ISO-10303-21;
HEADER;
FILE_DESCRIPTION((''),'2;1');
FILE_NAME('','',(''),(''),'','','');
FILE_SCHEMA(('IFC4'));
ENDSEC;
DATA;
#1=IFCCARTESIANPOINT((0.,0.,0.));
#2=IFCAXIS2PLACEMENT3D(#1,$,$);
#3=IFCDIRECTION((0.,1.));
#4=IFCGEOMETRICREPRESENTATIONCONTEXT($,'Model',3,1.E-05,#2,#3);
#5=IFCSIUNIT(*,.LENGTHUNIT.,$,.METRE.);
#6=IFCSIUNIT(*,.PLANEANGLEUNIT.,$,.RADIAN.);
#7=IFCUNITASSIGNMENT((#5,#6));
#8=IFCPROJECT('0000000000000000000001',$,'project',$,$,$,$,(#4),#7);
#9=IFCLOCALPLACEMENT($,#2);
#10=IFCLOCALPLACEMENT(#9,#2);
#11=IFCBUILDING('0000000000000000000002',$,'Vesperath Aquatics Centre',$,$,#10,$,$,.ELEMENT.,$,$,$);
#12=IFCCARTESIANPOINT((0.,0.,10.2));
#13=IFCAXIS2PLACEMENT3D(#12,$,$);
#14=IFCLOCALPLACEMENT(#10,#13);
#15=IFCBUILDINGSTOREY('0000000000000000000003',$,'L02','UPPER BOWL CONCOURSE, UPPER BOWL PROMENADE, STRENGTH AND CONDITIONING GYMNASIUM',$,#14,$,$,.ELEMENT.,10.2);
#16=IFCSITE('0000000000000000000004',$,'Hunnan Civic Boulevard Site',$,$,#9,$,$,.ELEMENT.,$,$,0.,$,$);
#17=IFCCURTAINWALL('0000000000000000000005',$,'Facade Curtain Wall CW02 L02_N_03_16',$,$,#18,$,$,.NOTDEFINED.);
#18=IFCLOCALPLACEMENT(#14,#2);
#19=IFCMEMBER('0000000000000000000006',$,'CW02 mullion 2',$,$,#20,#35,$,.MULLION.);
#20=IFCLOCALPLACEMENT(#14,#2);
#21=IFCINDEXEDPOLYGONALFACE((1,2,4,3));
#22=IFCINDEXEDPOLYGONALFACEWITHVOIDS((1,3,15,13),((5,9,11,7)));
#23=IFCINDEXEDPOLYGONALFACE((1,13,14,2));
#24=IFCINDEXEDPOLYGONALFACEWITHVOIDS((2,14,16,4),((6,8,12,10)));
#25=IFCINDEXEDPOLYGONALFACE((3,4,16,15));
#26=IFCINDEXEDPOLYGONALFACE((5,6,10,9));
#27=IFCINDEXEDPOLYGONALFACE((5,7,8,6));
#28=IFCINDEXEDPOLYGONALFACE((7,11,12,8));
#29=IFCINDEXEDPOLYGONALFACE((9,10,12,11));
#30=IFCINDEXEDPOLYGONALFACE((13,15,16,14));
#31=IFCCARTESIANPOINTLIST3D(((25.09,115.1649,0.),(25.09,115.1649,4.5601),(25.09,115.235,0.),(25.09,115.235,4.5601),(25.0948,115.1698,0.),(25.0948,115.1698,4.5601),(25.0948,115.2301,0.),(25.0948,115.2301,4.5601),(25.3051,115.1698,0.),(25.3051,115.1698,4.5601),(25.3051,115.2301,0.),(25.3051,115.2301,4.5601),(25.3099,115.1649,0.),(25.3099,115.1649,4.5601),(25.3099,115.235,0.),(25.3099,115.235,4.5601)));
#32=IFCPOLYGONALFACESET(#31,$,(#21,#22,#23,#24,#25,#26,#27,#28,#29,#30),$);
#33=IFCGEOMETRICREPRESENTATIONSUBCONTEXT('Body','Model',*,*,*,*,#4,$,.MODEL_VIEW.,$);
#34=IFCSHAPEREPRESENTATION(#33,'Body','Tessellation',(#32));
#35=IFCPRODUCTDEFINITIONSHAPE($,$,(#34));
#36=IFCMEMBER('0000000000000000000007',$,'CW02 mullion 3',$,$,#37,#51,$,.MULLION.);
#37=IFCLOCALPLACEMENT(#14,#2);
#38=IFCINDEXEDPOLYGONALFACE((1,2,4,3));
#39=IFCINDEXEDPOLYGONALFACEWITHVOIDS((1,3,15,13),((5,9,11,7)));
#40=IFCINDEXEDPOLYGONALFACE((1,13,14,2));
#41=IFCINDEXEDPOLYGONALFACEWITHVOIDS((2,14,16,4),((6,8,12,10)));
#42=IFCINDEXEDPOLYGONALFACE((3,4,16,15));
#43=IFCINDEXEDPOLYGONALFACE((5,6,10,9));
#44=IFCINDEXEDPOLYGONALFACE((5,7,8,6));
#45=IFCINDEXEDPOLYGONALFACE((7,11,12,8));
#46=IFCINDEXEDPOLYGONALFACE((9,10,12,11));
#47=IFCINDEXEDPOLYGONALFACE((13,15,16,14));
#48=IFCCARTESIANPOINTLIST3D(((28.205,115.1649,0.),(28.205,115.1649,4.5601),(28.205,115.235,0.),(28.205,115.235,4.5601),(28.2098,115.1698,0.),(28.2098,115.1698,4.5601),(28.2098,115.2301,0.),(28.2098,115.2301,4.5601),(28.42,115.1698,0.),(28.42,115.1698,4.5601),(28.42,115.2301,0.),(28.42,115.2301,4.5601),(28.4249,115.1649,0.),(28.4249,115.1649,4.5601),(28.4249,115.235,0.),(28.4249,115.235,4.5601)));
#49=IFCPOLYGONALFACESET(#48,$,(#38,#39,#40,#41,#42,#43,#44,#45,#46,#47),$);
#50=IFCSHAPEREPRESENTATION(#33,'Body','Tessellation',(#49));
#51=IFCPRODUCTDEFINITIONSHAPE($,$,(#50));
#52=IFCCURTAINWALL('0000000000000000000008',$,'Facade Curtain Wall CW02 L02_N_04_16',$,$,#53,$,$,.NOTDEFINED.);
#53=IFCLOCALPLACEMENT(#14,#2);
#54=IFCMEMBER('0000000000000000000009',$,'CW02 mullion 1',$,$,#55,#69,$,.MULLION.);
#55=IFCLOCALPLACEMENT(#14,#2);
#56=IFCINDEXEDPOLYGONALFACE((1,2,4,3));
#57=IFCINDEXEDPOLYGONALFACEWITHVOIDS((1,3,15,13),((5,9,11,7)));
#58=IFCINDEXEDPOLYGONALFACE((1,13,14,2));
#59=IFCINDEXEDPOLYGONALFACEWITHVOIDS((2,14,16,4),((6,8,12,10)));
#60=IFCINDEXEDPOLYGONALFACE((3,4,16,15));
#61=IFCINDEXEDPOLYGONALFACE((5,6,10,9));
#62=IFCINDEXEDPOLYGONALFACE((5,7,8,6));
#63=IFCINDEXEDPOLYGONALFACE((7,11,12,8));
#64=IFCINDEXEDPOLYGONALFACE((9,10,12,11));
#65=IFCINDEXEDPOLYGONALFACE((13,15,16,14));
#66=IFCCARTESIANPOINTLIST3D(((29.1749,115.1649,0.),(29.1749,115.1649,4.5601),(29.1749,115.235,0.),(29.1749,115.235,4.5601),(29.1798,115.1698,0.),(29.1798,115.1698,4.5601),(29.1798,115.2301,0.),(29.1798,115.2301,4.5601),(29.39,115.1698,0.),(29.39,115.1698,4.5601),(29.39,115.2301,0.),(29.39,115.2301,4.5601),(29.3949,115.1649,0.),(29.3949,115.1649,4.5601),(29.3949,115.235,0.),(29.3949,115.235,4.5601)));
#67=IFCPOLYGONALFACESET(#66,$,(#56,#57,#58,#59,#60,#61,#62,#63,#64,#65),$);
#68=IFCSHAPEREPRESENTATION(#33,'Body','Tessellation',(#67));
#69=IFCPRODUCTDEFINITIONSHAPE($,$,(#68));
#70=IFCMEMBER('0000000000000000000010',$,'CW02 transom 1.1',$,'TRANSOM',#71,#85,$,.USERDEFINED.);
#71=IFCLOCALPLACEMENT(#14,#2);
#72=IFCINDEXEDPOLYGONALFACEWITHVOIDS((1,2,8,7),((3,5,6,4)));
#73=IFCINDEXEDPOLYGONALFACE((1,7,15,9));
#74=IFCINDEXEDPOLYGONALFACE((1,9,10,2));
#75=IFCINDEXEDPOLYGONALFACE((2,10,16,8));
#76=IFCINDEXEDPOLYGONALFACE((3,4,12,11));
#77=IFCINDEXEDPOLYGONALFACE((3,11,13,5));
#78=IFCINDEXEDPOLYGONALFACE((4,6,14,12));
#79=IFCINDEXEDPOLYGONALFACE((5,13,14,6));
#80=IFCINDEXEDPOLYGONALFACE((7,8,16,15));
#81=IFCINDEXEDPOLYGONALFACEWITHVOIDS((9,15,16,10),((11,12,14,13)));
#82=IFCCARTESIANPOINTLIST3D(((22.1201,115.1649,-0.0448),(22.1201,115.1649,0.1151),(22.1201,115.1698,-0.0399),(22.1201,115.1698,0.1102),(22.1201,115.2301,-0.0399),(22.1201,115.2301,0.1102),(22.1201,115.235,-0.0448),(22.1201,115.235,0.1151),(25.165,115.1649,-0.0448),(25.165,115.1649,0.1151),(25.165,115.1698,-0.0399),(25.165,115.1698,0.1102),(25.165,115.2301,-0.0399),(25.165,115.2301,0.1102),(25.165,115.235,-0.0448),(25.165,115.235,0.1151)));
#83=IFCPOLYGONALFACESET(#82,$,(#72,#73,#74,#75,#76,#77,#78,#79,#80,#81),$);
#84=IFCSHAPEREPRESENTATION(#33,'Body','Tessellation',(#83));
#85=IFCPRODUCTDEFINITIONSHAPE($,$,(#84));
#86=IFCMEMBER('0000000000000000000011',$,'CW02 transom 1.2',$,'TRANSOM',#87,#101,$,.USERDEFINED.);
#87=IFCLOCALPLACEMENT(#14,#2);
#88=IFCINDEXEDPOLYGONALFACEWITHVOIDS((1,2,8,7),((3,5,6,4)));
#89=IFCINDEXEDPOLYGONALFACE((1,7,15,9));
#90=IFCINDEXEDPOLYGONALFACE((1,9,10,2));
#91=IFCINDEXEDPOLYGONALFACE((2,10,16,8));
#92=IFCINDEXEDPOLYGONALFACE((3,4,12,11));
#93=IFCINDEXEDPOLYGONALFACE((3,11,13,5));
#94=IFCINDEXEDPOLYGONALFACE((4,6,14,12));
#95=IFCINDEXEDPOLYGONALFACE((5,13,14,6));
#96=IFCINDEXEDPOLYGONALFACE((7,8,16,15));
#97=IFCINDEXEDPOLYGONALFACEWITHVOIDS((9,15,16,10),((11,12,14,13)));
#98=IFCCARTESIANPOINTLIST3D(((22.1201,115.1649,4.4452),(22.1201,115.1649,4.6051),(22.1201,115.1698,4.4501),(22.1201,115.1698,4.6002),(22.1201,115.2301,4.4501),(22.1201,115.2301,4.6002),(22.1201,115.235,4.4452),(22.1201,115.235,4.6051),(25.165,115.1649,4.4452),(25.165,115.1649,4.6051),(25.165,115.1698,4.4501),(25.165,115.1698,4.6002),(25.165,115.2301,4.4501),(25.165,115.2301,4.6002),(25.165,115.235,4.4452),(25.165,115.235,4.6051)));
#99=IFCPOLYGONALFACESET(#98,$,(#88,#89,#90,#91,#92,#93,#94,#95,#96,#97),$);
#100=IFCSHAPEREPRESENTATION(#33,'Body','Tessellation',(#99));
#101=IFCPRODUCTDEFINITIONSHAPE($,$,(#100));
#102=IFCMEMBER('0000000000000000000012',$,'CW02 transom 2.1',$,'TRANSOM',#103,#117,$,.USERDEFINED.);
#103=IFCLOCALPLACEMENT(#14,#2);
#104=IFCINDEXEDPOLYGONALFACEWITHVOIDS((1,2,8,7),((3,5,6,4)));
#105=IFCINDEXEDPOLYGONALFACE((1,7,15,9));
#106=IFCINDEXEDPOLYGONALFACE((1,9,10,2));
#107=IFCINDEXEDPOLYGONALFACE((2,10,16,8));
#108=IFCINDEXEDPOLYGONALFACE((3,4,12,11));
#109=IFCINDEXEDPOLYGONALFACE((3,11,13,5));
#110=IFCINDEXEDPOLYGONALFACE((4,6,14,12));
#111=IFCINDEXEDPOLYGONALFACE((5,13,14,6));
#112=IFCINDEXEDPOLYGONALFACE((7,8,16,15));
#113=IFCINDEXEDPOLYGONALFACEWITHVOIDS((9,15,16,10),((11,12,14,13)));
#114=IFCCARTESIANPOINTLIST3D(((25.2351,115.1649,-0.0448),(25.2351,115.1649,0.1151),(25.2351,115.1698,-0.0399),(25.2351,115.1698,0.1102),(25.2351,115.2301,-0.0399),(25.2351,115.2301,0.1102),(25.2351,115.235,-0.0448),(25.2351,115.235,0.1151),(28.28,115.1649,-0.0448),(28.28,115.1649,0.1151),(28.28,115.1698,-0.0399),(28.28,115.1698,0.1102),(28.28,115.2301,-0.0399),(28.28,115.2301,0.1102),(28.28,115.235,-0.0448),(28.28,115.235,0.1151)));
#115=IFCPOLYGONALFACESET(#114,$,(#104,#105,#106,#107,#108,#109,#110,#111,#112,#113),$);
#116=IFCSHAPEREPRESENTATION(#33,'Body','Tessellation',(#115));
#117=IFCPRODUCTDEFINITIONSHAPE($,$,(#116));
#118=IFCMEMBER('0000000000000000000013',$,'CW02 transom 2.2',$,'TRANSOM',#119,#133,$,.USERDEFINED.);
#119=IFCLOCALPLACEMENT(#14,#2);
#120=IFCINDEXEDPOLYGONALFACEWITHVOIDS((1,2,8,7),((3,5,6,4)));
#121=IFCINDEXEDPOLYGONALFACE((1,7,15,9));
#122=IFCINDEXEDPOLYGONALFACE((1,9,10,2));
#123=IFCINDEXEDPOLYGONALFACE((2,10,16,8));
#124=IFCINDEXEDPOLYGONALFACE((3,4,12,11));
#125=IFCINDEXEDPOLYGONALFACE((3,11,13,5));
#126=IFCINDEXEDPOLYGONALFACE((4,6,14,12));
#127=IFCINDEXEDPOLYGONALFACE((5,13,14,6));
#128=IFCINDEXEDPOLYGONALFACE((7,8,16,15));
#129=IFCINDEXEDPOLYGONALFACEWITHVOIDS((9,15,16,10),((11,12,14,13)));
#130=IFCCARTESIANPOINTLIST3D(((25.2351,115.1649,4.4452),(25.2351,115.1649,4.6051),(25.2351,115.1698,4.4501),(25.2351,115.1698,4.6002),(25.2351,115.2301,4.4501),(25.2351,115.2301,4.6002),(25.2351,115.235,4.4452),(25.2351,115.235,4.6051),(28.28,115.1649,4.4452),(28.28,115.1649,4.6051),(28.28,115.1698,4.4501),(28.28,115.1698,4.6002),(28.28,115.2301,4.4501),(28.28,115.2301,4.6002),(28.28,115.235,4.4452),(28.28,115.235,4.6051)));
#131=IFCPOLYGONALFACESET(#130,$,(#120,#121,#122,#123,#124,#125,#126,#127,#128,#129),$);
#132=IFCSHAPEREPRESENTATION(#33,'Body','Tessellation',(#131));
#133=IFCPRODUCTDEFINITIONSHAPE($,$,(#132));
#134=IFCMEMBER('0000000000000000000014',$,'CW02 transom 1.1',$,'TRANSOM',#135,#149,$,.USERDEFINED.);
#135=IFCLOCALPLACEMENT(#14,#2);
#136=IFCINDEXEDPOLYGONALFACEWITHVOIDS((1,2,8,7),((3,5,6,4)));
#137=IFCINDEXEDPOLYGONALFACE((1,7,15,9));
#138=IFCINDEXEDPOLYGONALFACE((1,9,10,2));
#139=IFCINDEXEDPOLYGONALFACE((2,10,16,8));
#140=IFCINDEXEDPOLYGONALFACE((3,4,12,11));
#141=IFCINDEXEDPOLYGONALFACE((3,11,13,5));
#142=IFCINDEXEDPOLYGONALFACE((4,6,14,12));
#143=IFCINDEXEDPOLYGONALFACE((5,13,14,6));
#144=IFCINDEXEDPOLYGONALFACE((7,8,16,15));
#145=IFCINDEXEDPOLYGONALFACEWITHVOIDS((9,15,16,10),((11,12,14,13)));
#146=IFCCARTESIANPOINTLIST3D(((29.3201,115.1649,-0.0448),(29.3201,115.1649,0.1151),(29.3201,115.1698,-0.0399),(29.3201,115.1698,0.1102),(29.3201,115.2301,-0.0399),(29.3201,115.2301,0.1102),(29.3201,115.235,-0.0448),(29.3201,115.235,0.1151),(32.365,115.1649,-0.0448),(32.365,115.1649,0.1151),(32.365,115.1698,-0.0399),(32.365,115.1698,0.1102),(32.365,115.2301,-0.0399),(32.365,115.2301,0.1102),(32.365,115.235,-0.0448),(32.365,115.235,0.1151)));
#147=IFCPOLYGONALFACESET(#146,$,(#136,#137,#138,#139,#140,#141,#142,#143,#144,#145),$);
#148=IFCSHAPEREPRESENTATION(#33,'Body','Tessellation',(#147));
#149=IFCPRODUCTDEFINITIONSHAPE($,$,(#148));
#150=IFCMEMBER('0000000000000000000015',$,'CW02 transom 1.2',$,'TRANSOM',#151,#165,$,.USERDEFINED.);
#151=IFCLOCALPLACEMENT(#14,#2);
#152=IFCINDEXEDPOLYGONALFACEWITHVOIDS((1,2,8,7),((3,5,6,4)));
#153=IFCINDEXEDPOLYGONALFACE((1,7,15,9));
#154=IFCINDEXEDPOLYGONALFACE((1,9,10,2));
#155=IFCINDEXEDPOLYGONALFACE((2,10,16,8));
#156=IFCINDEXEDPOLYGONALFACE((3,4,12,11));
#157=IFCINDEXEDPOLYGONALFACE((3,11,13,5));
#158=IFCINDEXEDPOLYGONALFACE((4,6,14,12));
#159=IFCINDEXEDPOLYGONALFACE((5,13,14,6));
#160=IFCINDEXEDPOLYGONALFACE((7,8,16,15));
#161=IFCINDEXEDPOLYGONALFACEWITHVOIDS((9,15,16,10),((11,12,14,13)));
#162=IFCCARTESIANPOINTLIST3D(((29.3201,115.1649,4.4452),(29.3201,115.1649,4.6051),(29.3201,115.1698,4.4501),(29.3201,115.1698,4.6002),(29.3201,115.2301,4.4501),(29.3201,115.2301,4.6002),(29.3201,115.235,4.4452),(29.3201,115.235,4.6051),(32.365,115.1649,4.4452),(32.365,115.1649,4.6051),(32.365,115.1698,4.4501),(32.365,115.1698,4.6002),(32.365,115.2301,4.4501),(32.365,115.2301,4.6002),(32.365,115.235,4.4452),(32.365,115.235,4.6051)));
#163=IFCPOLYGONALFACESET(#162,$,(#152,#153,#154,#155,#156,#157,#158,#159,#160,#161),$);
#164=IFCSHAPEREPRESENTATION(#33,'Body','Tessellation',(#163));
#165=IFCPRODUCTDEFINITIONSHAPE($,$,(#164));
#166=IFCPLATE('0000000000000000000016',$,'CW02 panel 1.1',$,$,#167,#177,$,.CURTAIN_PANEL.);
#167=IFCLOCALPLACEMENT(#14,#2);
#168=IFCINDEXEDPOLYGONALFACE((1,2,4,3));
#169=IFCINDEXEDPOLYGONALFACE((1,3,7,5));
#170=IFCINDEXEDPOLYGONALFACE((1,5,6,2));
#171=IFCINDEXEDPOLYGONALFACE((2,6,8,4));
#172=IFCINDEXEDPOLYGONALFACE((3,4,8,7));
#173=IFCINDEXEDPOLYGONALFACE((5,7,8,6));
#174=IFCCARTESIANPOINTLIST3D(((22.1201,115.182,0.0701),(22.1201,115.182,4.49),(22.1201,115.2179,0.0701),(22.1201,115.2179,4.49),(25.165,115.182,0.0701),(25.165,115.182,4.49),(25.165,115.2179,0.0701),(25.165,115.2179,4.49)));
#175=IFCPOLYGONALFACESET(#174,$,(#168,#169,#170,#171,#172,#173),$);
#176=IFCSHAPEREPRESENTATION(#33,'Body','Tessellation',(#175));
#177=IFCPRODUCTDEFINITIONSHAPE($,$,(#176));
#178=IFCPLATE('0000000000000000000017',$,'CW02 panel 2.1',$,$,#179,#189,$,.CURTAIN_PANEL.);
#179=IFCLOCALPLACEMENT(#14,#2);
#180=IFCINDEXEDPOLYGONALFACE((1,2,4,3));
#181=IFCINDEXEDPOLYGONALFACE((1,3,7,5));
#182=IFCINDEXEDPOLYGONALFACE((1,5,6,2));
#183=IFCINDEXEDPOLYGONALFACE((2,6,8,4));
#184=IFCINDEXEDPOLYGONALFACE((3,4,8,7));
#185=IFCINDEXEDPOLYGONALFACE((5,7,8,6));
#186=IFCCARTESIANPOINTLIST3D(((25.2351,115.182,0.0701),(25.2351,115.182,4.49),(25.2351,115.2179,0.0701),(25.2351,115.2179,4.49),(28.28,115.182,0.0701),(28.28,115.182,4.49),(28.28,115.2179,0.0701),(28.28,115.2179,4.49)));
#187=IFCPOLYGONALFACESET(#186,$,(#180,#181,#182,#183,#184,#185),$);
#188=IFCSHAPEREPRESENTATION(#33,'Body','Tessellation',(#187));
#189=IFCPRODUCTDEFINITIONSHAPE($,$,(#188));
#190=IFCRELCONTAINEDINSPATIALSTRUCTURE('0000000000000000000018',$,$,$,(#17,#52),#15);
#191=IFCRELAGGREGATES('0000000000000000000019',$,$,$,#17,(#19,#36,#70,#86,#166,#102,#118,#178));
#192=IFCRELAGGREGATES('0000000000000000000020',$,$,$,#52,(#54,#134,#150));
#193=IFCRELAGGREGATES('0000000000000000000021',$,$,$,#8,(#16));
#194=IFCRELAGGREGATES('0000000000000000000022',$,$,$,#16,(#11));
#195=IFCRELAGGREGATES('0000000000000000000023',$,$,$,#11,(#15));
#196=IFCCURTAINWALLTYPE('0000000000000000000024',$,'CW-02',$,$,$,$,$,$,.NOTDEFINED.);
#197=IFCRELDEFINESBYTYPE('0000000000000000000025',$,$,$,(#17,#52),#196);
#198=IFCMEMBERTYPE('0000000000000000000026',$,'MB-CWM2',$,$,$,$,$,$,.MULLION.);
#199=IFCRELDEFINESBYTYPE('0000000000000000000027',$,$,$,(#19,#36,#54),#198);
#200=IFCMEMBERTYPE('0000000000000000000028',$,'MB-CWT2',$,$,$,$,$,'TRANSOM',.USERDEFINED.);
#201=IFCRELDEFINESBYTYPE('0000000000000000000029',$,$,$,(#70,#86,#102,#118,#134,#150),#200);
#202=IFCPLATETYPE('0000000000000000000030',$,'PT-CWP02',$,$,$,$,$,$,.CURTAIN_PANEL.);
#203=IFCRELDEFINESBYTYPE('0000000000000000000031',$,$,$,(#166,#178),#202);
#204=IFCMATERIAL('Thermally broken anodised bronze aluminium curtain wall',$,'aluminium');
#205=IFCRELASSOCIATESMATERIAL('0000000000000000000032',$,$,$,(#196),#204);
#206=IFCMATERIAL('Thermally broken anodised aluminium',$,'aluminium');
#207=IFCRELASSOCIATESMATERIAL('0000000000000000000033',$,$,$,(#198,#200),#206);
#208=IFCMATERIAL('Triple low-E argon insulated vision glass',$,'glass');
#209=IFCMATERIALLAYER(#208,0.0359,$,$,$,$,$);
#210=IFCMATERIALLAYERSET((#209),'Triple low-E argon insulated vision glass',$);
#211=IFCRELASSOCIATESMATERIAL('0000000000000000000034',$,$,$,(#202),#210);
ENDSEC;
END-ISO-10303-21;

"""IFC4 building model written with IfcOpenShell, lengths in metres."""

from ifc_helpers import new_model, si_unit, direction, frame, origin, origin_2d, place, context, subcontext, project, spatial, rectangle, hollow_rectangle, extrude, material, layer, layer_set, material_profile, profile_set, type_object, element, aggregate, save


model = new_model("IFC4")

# Units and contexts
model_context = context("Model", 3, precision=1e-05, world=origin(), true_north=direction((0.0, 1.0)))
body_context = subcontext(model_context, "Body", "Model", "MODEL_VIEW")
ifc_project = project(units=[si_unit("LENGTHUNIT", "METRE"), si_unit("PLANEANGLEUNIT", "RADIAN")], contexts=[model_context])

# Site, building, storey
site_placement = place(None, origin())
site = spatial("IfcSite", under=ifc_project, at=site_placement, Name="Hunnan Civic Boulevard Site", CompositionType="ELEMENT", RefElevation=0.0)
building_placement = place(site_placement, origin())
building = spatial("IfcBuilding", under=site, at=building_placement, Name="Vesperath Aquatics Centre", CompositionType="ELEMENT")
storey_placement = place(building_placement, frame((0.0, 0.0, 10.2)))
storey = spatial("IfcBuildingStorey", under=building, at=storey_placement, Name="L02", Description="UPPER BOWL CONCOURSE, UPPER BOWL PROMENADE, STRENGTH AND CONDITIONING GYMNASIUM", CompositionType="ELEMENT", Elevation=10.2)

# Curtain wall, members
ifc_material_1 = material(Name="Thermally broken anodised bronze aluminium curtain wall", Category="aluminium")
curtain_wall_type = type_object("IfcCurtainWallType", Name="CW-02", PredefinedType="NOTDEFINED", material=ifc_material_1)
curtain_wall_1_placement = place(storey_placement, origin())
curtain_wall_1 = element("IfcCurtainWall", 1, at=curtain_wall_1_placement, inside=storey, type_object=curtain_wall_type, Name="Facade Curtain Wall CW02 L02_N_03_16", PredefinedType="NOTDEFINED")
ifc_material_2 = material(Name="Thermally broken anodised aluminium", Category="aluminium")
ifc_material_profile_1 = material_profile(ifc_material_2, hollow_rectangle(XDim=0.0701, YDim=0.22, WallThickness=0.0049, at=origin_2d()), Name="CWM 70x220x5")
ifc_profile_set_1 = profile_set([ifc_material_profile_1], Name="Thermally broken anodised aluminium")
member_type_1 = type_object("IfcMemberType", Name="MB-CWM2", PredefinedType="MULLION", material=ifc_profile_set_1)
member_1_placement = place(storey_placement, frame((25.2, 115.2, 0.0), z_axis=(0.0, 0.0, 1.0), x_axis=(0.0, 1.0, 0.0)))
member_1 = element("IfcMember", 2, at=member_1_placement, type_object=member_type_1, Name="CW02 mullion 2", PredefinedType="MULLION", context=body_context, shape_type="SweptSolid", body=[
    extrude(hollow_rectangle(XDim=0.0701, YDim=0.22, WallThickness=0.0049, at=origin_2d()), origin(), (0.0, 0.0, 1.0), 4.5601),
])
member_2_placement = place(storey_placement, frame((28.3149, 115.2, 0.0), z_axis=(0.0, 0.0, 1.0), x_axis=(0.0, 1.0, 0.0)))
member_2 = element("IfcMember", 3, at=member_2_placement, type_object=member_type_1, Name="CW02 mullion 3", PredefinedType="MULLION", context=body_context, shape_type="SweptSolid", body=[
    extrude(hollow_rectangle(XDim=0.0701, YDim=0.22, WallThickness=0.0049, at=origin_2d()), origin(), (0.0, 0.0, 1.0), 4.5601),
])

# Curtain wall, member
curtain_wall_2_placement = place(storey_placement, origin())
curtain_wall_2 = element("IfcCurtainWall", 4, at=curtain_wall_2_placement, inside=storey, type_object=curtain_wall_type, Name="Facade Curtain Wall CW02 L02_N_04_16", PredefinedType="NOTDEFINED")
member_3_placement = place(storey_placement, frame((29.2849, 115.2, 0.0), z_axis=(0.0, 0.0, 1.0), x_axis=(0.0, 1.0, 0.0)))
member_3 = element("IfcMember", 5, at=member_3_placement, type_object=member_type_1, Name="CW02 mullion 1", PredefinedType="MULLION", context=body_context, shape_type="SweptSolid", body=[
    extrude(hollow_rectangle(XDim=0.0701, YDim=0.22, WallThickness=0.0049, at=origin_2d()), origin(), (0.0, 0.0, 1.0), 4.5601),
])

# Members
ifc_material_profile_2 = material_profile(ifc_material_2, hollow_rectangle(XDim=0.0701, YDim=0.1599, WallThickness=0.0049, at=origin_2d()), Name="CWT 70x160x5")
ifc_profile_set_2 = profile_set([ifc_material_profile_2], Name="Thermally broken anodised aluminium")
member_type_2 = type_object("IfcMemberType", Name="MB-CWT2", ElementType="TRANSOM", PredefinedType="USERDEFINED", material=ifc_profile_set_2)
member_4_placement = place(storey_placement, frame((22.1201, 115.2, 0.0352), z_axis=(1.0, 0.0, 0.0), x_axis=(0.0, 1.0, 0.0)))
member_4 = element("IfcMember", 6, at=member_4_placement, type_object=member_type_2, Name="CW02 transom 1.1", ObjectType="TRANSOM", PredefinedType="USERDEFINED", context=body_context, shape_type="SweptSolid", body=[
    extrude(hollow_rectangle(XDim=0.0701, YDim=0.1599, WallThickness=0.0049, at=origin_2d()), origin(), (0.0, 0.0, 1.0), 3.0449),
])
member_5_placement = place(storey_placement, frame((22.1201, 115.2, 4.5251), z_axis=(1.0, 0.0, 0.0), x_axis=(0.0, 1.0, 0.0)))
member_5 = element("IfcMember", 7, at=member_5_placement, type_object=member_type_2, Name="CW02 transom 1.2", ObjectType="TRANSOM", PredefinedType="USERDEFINED", context=body_context, shape_type="SweptSolid", body=[
    extrude(hollow_rectangle(XDim=0.0701, YDim=0.1599, WallThickness=0.0049, at=origin_2d()), origin(), (0.0, 0.0, 1.0), 3.0449),
])
member_6_placement = place(storey_placement, frame((25.2351, 115.2, 0.0352), z_axis=(1.0, 0.0, 0.0), x_axis=(0.0, 1.0, 0.0)))
member_6 = element("IfcMember", 8, at=member_6_placement, type_object=member_type_2, Name="CW02 transom 2.1", ObjectType="TRANSOM", PredefinedType="USERDEFINED", context=body_context, shape_type="SweptSolid", body=[
    extrude(hollow_rectangle(XDim=0.0701, YDim=0.1599, WallThickness=0.0049, at=origin_2d()), origin(), (0.0, 0.0, 1.0), 3.0449),
])
member_7_placement = place(storey_placement, frame((25.2351, 115.2, 4.5251), z_axis=(1.0, 0.0, 0.0), x_axis=(0.0, 1.0, 0.0)))
member_7 = element("IfcMember", 9, at=member_7_placement, type_object=member_type_2, Name="CW02 transom 2.2", ObjectType="TRANSOM", PredefinedType="USERDEFINED", context=body_context, shape_type="SweptSolid", body=[
    extrude(hollow_rectangle(XDim=0.0701, YDim=0.1599, WallThickness=0.0049, at=origin_2d()), origin(), (0.0, 0.0, 1.0), 3.0449),
])
member_8_placement = place(storey_placement, frame((29.3201, 115.2, 0.0352), z_axis=(1.0, 0.0, 0.0), x_axis=(0.0, 1.0, 0.0)))
member_8 = element("IfcMember", 10, at=member_8_placement, type_object=member_type_2, Name="CW02 transom 1.1", ObjectType="TRANSOM", PredefinedType="USERDEFINED", context=body_context, shape_type="SweptSolid", body=[
    extrude(hollow_rectangle(XDim=0.0701, YDim=0.1599, WallThickness=0.0049, at=origin_2d()), origin(), (0.0, 0.0, 1.0), 3.0449),
])
member_9_placement = place(storey_placement, frame((29.3201, 115.2, 4.5251), z_axis=(1.0, 0.0, 0.0), x_axis=(0.0, 1.0, 0.0)))
member_9 = element("IfcMember", 11, at=member_9_placement, type_object=member_type_2, Name="CW02 transom 1.2", ObjectType="TRANSOM", PredefinedType="USERDEFINED", context=body_context, shape_type="SweptSolid", body=[
    extrude(hollow_rectangle(XDim=0.0701, YDim=0.1599, WallThickness=0.0049, at=origin_2d()), origin(), (0.0, 0.0, 1.0), 3.0449),
])

# Plates
ifc_material_3 = material(Name="Triple low-E argon insulated vision glass", Category="glass")
ifc_layer_1 = layer(ifc_material_3, 0.0359)
ifc_layer_set_1 = layer_set([ifc_layer_1], Name="Triple low-E argon insulated vision glass")
plate_type = type_object("IfcPlateType", Name="PT-CWP02", PredefinedType="CURTAIN_PANEL", material=ifc_layer_set_1)
plate_1_placement = place(storey_placement, frame((23.6426, 115.2, 0.0701), z_axis=(0.0, 0.0, 1.0), x_axis=(1.0, 0.0, 0.0)))
plate_1 = element("IfcPlate", 12, at=plate_1_placement, type_object=plate_type, Name="CW02 panel 1.1", PredefinedType="CURTAIN_PANEL", context=body_context, shape_type="SweptSolid", body=[
    extrude(rectangle(XDim=3.0449, YDim=0.0359, at=origin_2d()), origin(), (0.0, 0.0, 1.0), 4.4199),
])
plate_2_placement = place(storey_placement, frame((26.7576, 115.2, 0.0701), z_axis=(0.0, 0.0, 1.0), x_axis=(1.0, 0.0, 0.0)))
plate_2 = element("IfcPlate", 13, at=plate_2_placement, type_object=plate_type, Name="CW02 panel 2.1", PredefinedType="CURTAIN_PANEL", context=body_context, shape_type="SweptSolid", body=[
    extrude(rectangle(XDim=3.0449, YDim=0.0359, at=origin_2d()), origin(), (0.0, 0.0, 1.0), 4.4199),
])
aggregate(curtain_wall_1, [member_1, member_2, member_4, member_5, plate_1, member_6, member_7, plate_2])
aggregate(curtain_wall_2, [member_3, member_8, member_9])

save(model, "model.ifc")
